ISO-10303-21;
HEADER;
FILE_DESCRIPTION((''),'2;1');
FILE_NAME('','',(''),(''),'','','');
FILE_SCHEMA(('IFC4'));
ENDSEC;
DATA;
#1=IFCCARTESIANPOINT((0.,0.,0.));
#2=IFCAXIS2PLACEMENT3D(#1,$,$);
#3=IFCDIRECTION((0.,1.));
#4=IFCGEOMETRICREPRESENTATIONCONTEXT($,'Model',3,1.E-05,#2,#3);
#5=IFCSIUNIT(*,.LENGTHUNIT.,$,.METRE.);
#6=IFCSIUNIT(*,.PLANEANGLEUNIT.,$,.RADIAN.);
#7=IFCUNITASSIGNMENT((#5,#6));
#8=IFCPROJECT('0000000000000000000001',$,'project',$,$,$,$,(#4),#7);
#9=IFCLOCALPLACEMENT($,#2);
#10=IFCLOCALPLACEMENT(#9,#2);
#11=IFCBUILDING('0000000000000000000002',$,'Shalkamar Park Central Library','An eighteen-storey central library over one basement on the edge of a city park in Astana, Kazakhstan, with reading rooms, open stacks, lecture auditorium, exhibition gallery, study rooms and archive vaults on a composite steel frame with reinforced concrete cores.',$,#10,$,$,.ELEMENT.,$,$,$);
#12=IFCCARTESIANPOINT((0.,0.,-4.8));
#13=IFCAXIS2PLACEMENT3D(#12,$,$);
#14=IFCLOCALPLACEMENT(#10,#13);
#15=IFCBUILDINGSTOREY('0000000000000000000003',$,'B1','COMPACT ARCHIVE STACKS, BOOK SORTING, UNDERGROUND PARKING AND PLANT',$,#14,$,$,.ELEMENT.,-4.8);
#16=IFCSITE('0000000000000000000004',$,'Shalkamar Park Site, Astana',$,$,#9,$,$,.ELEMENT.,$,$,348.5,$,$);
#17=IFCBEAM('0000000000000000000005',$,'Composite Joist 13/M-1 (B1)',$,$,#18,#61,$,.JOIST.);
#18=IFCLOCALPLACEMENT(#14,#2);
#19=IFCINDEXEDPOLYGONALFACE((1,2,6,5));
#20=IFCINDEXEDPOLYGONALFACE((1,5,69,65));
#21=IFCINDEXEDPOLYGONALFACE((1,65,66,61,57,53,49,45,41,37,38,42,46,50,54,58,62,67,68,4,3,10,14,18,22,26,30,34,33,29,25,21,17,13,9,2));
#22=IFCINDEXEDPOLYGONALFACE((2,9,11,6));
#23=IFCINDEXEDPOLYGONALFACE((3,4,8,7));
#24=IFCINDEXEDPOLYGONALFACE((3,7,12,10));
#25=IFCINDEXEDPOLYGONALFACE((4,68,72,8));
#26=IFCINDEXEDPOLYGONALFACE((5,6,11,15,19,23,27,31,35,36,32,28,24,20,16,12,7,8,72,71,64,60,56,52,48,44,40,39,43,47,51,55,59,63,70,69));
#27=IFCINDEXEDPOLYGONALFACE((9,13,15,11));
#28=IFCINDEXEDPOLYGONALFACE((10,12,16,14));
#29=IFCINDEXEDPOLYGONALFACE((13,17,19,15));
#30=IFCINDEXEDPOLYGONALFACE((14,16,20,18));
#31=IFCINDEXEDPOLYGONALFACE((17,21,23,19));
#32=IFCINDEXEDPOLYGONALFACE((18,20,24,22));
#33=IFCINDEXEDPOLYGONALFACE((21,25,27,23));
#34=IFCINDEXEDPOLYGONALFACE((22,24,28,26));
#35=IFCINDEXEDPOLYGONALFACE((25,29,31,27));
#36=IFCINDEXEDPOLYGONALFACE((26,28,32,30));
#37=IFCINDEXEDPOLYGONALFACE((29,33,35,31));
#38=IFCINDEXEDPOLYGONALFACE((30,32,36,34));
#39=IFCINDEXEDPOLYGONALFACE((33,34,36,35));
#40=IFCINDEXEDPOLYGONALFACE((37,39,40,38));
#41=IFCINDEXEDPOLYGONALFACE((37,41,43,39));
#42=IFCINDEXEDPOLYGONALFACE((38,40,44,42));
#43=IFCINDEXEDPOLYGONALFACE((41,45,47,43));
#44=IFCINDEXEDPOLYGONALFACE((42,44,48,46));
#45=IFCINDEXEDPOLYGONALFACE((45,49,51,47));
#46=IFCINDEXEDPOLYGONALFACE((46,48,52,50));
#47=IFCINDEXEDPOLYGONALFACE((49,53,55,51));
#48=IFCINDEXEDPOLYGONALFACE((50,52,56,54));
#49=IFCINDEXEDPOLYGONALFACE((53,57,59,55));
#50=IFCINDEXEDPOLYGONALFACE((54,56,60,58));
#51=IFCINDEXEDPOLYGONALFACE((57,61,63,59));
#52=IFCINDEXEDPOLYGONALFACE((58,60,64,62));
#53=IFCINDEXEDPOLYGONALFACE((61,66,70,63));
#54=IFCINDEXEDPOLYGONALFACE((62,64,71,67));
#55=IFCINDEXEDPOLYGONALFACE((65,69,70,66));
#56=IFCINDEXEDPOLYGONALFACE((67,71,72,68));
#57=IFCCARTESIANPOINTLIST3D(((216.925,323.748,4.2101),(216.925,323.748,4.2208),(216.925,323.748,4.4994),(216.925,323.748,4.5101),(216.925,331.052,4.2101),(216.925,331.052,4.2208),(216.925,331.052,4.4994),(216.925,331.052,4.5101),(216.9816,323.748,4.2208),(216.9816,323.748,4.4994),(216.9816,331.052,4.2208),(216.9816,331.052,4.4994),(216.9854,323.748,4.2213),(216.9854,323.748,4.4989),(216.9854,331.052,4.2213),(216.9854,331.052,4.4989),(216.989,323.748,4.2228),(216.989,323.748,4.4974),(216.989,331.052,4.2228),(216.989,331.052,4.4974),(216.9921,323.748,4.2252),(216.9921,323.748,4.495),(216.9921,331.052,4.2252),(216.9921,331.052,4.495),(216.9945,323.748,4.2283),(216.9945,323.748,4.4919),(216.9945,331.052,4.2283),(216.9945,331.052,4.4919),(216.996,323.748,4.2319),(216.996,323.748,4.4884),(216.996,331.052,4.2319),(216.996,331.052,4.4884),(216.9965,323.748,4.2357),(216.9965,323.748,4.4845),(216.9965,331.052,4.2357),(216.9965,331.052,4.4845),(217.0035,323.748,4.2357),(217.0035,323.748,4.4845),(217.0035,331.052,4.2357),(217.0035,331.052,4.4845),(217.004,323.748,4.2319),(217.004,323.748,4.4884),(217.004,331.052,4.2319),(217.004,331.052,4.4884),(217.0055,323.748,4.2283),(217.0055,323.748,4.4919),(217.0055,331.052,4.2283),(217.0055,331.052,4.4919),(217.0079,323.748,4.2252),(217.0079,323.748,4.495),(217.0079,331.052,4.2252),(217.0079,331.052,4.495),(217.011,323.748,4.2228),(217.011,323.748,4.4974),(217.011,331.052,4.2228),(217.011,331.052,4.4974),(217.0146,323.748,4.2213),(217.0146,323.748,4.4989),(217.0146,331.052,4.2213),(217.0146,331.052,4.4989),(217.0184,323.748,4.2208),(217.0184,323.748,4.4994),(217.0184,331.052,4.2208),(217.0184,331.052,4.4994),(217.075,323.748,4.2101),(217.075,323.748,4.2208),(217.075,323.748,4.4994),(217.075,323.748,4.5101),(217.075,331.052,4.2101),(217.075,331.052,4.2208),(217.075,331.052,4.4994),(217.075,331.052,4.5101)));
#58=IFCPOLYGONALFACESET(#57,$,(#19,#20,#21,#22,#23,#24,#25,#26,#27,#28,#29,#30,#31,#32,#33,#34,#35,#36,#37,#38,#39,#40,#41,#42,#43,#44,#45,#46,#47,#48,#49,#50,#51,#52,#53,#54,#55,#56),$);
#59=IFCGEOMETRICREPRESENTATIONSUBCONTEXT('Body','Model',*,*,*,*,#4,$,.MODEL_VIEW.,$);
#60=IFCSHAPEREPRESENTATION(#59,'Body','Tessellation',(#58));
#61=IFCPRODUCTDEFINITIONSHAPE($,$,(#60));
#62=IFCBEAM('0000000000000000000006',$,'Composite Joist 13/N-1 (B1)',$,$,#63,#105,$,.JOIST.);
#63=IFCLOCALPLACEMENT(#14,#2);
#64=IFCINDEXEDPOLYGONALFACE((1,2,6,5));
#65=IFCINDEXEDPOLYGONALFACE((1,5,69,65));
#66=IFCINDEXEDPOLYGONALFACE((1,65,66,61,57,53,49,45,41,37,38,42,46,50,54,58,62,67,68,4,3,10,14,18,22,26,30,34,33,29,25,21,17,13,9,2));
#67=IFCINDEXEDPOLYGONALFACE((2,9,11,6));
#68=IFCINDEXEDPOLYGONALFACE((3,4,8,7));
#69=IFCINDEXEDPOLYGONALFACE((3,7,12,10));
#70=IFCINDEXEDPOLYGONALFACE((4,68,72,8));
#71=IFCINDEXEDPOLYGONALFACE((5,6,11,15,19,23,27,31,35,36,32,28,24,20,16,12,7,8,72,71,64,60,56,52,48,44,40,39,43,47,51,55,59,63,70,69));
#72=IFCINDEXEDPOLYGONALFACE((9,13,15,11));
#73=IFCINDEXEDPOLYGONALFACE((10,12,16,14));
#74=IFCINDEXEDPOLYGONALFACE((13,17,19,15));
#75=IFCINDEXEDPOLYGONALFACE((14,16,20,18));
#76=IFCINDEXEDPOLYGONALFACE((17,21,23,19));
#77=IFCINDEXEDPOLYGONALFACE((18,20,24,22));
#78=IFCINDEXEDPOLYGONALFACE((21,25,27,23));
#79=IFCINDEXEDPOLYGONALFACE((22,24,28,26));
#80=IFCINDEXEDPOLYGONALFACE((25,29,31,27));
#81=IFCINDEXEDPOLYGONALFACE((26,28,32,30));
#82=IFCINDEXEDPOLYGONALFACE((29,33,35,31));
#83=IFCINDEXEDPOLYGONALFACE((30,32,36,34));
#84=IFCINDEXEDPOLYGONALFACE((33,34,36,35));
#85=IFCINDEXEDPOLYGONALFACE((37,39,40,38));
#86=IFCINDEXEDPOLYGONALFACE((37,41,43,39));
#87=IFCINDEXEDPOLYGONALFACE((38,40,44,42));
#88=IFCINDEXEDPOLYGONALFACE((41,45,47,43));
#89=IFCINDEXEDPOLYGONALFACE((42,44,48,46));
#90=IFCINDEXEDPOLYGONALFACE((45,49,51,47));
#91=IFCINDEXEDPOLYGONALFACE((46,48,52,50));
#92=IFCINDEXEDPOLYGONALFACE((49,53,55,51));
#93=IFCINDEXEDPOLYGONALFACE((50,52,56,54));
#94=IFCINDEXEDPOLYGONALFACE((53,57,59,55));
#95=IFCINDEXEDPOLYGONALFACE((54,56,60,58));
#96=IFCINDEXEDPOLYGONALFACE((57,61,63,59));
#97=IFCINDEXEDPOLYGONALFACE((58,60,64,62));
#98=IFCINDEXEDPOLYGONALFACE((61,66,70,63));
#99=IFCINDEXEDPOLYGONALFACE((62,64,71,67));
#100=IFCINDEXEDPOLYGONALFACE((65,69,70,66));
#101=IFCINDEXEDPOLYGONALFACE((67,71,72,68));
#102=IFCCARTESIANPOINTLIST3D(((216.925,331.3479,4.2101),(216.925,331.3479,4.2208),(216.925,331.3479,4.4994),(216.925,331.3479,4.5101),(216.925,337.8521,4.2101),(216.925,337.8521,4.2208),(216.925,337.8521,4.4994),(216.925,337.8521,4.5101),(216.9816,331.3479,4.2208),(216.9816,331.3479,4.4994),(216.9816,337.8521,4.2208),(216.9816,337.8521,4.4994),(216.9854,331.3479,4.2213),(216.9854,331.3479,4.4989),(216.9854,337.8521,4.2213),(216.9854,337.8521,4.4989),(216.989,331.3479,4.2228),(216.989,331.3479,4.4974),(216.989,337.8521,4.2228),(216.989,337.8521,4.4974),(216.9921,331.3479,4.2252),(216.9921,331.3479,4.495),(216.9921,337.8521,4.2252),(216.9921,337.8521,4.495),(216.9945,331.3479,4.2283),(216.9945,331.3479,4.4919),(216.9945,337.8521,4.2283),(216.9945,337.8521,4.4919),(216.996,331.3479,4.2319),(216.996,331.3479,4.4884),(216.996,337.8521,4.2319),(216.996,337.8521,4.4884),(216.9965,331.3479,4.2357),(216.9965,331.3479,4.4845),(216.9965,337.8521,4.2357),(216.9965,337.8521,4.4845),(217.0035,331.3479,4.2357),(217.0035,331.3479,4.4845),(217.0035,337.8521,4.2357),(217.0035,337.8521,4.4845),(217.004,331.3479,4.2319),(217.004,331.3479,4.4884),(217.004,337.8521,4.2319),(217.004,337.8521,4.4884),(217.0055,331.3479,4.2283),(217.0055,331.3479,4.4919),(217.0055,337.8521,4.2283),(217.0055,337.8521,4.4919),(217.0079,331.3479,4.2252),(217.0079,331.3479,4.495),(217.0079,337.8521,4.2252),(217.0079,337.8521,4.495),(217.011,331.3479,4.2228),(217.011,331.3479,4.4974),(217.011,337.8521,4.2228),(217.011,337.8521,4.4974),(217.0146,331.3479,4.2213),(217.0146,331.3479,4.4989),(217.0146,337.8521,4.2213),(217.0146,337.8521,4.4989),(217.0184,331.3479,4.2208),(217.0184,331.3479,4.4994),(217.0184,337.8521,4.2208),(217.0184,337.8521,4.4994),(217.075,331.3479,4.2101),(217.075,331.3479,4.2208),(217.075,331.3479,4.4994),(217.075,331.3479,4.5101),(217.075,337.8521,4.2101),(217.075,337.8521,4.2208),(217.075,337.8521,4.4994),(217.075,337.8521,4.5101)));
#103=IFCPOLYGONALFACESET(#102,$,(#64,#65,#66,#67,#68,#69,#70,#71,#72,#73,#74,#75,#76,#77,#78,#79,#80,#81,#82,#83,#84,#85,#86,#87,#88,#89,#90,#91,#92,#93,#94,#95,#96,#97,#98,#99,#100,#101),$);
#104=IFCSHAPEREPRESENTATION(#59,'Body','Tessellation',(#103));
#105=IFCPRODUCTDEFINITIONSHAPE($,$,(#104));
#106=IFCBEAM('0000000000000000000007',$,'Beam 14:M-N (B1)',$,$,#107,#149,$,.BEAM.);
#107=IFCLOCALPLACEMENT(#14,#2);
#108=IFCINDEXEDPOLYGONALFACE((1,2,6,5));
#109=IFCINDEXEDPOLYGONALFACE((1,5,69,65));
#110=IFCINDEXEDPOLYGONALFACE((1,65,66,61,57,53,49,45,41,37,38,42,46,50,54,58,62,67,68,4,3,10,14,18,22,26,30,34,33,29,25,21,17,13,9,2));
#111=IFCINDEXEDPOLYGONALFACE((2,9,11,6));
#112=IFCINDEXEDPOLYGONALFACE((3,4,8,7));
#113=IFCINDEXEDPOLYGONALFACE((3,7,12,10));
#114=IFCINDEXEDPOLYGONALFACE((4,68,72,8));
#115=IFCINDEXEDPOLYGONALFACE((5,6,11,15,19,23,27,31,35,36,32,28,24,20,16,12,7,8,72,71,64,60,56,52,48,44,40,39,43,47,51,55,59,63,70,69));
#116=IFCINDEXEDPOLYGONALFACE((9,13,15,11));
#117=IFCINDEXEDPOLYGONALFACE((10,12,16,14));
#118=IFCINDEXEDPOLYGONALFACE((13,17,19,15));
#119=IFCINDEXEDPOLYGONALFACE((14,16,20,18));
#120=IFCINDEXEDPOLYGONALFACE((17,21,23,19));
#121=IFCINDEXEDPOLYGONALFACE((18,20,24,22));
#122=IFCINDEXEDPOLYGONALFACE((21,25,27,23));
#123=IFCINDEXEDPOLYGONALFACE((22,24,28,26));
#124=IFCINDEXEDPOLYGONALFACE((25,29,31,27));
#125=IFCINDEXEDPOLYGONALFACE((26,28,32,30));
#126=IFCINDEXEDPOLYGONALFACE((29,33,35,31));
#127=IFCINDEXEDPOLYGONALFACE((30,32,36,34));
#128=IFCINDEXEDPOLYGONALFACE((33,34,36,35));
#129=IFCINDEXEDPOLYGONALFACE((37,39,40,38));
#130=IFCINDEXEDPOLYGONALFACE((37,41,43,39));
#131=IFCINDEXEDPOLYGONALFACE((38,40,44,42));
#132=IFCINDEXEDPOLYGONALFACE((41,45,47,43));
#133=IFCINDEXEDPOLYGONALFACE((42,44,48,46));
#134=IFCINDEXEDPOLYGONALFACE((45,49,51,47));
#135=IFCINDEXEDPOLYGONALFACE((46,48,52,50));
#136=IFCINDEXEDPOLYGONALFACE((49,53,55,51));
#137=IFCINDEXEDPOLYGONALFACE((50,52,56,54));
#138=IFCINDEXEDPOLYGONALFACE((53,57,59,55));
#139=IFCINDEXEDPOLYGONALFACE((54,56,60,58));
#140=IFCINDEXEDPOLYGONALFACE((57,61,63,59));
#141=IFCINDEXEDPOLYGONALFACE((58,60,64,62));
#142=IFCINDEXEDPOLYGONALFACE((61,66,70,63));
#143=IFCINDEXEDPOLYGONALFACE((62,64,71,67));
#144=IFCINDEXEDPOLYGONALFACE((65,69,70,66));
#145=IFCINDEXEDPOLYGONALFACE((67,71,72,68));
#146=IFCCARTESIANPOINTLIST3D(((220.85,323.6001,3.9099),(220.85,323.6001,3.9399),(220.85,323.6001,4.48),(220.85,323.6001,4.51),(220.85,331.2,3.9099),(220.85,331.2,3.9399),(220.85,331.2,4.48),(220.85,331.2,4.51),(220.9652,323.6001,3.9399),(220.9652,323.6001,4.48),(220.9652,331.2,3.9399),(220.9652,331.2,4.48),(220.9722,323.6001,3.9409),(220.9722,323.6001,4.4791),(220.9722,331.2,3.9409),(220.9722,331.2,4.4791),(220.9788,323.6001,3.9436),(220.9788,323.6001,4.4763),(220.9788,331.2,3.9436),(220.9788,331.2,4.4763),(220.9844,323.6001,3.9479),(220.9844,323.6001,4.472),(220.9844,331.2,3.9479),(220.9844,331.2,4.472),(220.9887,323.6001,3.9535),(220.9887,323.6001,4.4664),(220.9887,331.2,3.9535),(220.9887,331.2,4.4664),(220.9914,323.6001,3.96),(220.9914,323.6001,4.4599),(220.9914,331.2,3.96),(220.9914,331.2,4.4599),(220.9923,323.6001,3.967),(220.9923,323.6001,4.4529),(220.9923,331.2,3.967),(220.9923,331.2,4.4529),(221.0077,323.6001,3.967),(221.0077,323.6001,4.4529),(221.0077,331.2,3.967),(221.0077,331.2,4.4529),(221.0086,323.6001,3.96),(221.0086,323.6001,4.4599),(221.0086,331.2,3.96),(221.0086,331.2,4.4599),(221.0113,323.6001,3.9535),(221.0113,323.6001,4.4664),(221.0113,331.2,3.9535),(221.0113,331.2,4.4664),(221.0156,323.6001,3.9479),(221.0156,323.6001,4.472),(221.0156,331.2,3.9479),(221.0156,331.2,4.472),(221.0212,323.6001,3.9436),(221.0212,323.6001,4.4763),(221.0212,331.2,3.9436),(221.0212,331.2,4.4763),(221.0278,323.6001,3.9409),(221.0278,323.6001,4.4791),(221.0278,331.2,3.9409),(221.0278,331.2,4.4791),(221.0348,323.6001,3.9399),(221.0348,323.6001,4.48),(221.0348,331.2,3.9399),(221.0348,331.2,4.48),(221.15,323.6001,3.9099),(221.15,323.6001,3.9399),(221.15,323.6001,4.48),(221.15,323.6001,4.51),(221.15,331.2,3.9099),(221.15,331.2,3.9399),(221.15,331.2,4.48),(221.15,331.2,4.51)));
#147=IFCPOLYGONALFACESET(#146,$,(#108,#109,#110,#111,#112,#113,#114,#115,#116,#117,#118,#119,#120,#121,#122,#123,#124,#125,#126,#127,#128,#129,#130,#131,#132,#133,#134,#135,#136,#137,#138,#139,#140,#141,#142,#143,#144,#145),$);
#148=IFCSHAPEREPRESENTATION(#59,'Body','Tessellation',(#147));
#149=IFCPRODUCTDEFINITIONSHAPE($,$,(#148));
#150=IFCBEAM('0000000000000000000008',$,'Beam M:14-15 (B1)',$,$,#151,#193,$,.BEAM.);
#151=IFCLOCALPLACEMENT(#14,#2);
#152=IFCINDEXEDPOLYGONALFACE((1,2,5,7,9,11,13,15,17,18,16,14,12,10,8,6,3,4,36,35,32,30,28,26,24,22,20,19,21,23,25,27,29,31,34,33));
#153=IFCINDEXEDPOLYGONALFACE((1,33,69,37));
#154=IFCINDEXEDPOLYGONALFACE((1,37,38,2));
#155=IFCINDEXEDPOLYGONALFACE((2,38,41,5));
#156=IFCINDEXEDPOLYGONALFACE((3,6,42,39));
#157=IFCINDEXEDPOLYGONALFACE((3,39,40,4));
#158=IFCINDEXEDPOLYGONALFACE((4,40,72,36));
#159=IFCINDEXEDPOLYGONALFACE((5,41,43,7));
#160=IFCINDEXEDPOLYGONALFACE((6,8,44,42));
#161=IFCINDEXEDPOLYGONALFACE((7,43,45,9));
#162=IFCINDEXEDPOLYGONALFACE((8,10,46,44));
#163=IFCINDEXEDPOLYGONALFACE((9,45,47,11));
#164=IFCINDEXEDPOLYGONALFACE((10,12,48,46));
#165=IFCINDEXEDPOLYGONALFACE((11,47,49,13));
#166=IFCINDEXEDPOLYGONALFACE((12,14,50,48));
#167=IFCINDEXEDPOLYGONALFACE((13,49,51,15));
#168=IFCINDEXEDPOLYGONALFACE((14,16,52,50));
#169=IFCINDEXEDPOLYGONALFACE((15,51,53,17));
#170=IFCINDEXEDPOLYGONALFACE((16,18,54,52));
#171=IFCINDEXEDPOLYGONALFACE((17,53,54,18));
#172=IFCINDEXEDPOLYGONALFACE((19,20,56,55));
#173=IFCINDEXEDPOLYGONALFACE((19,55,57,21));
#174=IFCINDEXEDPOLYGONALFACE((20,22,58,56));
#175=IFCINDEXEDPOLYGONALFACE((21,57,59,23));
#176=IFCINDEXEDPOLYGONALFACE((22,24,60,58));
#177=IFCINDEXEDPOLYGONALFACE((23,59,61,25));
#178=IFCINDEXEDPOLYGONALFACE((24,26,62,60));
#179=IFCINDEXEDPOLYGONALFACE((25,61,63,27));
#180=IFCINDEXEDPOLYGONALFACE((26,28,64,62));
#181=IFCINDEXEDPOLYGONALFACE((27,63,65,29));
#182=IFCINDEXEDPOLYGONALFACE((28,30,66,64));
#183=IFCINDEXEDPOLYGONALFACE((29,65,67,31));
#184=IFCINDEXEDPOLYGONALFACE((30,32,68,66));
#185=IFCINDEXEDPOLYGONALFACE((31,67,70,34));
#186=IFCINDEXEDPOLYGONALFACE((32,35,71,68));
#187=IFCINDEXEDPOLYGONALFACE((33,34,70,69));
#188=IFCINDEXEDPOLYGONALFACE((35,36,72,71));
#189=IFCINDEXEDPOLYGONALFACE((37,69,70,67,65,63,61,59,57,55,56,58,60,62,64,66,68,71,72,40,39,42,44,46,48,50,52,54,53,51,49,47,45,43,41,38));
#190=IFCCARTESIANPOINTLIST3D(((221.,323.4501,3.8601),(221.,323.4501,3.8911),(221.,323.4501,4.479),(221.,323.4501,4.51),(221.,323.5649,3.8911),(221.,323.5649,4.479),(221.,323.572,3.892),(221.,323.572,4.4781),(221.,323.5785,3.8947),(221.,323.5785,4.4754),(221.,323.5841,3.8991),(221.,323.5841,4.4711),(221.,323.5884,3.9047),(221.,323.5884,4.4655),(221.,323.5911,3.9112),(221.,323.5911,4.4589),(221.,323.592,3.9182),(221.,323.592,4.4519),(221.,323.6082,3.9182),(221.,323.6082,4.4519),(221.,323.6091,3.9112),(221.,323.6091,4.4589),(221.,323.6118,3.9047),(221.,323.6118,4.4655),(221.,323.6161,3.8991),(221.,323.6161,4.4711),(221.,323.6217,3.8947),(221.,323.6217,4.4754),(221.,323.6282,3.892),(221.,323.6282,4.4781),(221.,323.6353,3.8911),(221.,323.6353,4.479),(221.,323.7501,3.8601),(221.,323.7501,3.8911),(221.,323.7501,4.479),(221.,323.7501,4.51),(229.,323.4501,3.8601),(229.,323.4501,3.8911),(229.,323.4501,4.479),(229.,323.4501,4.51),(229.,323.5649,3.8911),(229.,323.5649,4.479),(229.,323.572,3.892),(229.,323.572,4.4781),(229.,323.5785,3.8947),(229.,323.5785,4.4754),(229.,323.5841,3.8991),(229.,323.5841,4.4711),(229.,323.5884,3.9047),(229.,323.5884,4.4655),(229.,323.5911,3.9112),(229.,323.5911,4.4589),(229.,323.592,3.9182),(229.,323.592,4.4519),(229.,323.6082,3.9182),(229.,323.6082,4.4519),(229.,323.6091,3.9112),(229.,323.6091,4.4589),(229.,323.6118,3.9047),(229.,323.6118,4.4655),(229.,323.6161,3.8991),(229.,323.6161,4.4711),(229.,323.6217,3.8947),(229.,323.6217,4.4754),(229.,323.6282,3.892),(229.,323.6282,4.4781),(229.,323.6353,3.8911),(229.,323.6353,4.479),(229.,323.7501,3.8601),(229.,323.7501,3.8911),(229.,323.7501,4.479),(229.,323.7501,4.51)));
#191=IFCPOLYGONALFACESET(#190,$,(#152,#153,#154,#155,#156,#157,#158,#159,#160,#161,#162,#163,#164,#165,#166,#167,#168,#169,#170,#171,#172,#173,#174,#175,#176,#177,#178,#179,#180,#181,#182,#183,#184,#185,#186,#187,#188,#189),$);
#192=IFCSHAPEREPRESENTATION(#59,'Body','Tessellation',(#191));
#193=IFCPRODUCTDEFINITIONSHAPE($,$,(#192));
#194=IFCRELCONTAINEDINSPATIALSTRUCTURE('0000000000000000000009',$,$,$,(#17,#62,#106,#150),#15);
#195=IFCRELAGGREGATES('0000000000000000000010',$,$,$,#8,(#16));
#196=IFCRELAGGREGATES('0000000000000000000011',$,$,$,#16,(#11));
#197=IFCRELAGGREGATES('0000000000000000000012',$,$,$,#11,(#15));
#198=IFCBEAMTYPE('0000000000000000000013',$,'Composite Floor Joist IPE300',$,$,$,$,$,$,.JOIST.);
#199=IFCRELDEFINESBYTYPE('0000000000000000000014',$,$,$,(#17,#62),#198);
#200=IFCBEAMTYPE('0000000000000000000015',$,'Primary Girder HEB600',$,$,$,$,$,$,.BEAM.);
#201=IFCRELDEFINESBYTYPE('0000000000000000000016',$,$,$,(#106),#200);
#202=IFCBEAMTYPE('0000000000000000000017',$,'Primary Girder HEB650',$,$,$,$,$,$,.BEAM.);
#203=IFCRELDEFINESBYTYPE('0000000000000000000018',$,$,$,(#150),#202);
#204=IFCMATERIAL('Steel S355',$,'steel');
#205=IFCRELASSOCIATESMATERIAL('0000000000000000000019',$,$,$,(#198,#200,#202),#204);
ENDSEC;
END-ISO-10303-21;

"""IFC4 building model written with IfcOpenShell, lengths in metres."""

from ifc_helpers import new_model, si_unit, direction, frame, origin, origin_2d, place, context, subcontext, project, spatial, i_section, extrude, material, material_profile, profile_set, type_object, element, save


model = new_model("IFC4")

# Units and contexts
model_context = context("Model", 3, precision=1e-05, world=origin(), true_north=direction((0.0, 1.0)))
body_context = subcontext(model_context, "Body", "Model", "MODEL_VIEW")
ifc_project = project(units=[si_unit("LENGTHUNIT", "METRE"), si_unit("PLANEANGLEUNIT", "RADIAN")], contexts=[model_context])

# Site, building, storey
site_placement = place(None, origin())
site = spatial("IfcSite", under=ifc_project, at=site_placement, Name="Shalkamar Park Site, Astana", CompositionType="ELEMENT", RefElevation=348.5)
building_placement = place(site_placement, origin())
building = spatial("IfcBuilding", under=site, at=building_placement, Name="Shalkamar Park Central Library", Description="An eighteen-storey central library over one basement on the edge of a city park in Astana, Kazakhstan, with reading rooms, open stacks, lecture auditorium, exhibition gallery, study rooms and archive vaults on a composite steel frame with reinforced concrete cores.", CompositionType="ELEMENT")
storey_placement = place(building_placement, frame((0.0, 0.0, -4.8)))
storey = spatial("IfcBuildingStorey", under=building, at=storey_placement, Name="B1", Description="COMPACT ARCHIVE STACKS, BOOK SORTING, UNDERGROUND PARKING AND PLANT", CompositionType="ELEMENT", Elevation=-4.8)

# Shared definitions
ifc_material_1 = material(Name="Steel S355", Category="steel")

# Beams
ifc_material_profile_1 = material_profile(ifc_material_1, i_section(OverallWidth=0.1499, OverallDepth=0.3, WebThickness=0.0071, FlangeThickness=0.0107, FilletRadius=0.0149, at=origin_2d()), Name="IPE 300")
ifc_profile_set_1 = profile_set([ifc_material_profile_1], Name="Steel S355")
beam_type_1 = type_object("IfcBeamType", Name="Composite Floor Joist IPE300", PredefinedType="JOIST", material=ifc_profile_set_1)
beam_1_placement = place(storey_placement, frame((217.0, 323.748, 4.3601), z_axis=(0.0, 1.0, 0.0), x_axis=(-1.0, 0.0, 0.0)))
element("IfcBeam", 1, at=beam_1_placement, inside=storey, type_object=beam_type_1, Name="Composite Joist 13/M-1 (B1)", PredefinedType="JOIST", context=body_context, shape_type="SweptSolid", body=[
    extrude(i_section(OverallWidth=0.1499, OverallDepth=0.3, WebThickness=0.0071, FlangeThickness=0.0107, FilletRadius=0.0149, at=origin_2d()), origin(), (0.0, 0.0, 1.0), 7.304),
])
beam_2_placement = place(storey_placement, frame((217.0, 331.3479, 4.3601), z_axis=(0.0, 1.0, 0.0), x_axis=(-1.0, 0.0, 0.0)))
element("IfcBeam", 2, at=beam_2_placement, inside=storey, type_object=beam_type_1, Name="Composite Joist 13/N-1 (B1)", PredefinedType="JOIST", context=body_context, shape_type="SweptSolid", body=[
    extrude(i_section(OverallWidth=0.1499, OverallDepth=0.3, WebThickness=0.0071, FlangeThickness=0.0107, FilletRadius=0.0149, at=origin_2d()), origin(), (0.0, 0.0, 1.0), 6.5042),
])
ifc_material_profile_2 = material_profile(ifc_material_1, i_section(OverallWidth=0.3, OverallDepth=0.6001, WebThickness=0.0154, FlangeThickness=0.03, FilletRadius=0.0271, at=origin_2d()), Name="HEB 600")
ifc_profile_set_2 = profile_set([ifc_material_profile_2], Name="Steel S355")
beam_type_2 = type_object("IfcBeamType", Name="Primary Girder HEB600", PredefinedType="BEAM", material=ifc_profile_set_2)
beam_3_placement = place(storey_placement, frame((221.0, 323.6001, 4.21), z_axis=(0.0, 1.0, 0.0), x_axis=(-1.0, 0.0, 0.0)))
element("IfcBeam", 3, at=beam_3_placement, inside=storey, type_object=beam_type_2, Name="Beam 14:M-N (B1)", PredefinedType="BEAM", context=body_context, shape_type="SweptSolid", body=[
    extrude(i_section(OverallWidth=0.3, OverallDepth=0.6001, WebThickness=0.0154, FlangeThickness=0.03, FilletRadius=0.0271, at=origin_2d()), origin(), (0.0, 0.0, 1.0), 7.5999),
])
ifc_material_profile_3 = material_profile(ifc_material_1, i_section(OverallWidth=0.3, OverallDepth=0.6499, WebThickness=0.0161, FlangeThickness=0.031, FilletRadius=0.0271, at=origin_2d()), Name="HEB 650")
ifc_profile_set_3 = profile_set([ifc_material_profile_3], Name="Steel S355")
beam_type_3 = type_object("IfcBeamType", Name="Primary Girder HEB650", PredefinedType="BEAM", material=ifc_profile_set_3)
for number, where, z_axis, x_axis, name in (
    (4, (221.0, 323.6001, 4.1851), (1.0, 0.0, 0.0), (0.0, 1.0, 0.0), "Beam M:14-15 (B1)"),
):
    element("IfcBeam", number, at=place(storey_placement, frame(where, z_axis=z_axis, x_axis=x_axis)), inside=storey, type_object=beam_type_3, Name=name, PredefinedType="BEAM", context=body_context, shape_type="SweptSolid", body=[
        extrude(i_section(OverallWidth=0.3, OverallDepth=0.6499, WebThickness=0.0161, FlangeThickness=0.031, FilletRadius=0.0271, at=origin_2d()), origin(), (0.0, 0.0, 1.0), 8.0),
    ])

save(model, "model.ifc")
